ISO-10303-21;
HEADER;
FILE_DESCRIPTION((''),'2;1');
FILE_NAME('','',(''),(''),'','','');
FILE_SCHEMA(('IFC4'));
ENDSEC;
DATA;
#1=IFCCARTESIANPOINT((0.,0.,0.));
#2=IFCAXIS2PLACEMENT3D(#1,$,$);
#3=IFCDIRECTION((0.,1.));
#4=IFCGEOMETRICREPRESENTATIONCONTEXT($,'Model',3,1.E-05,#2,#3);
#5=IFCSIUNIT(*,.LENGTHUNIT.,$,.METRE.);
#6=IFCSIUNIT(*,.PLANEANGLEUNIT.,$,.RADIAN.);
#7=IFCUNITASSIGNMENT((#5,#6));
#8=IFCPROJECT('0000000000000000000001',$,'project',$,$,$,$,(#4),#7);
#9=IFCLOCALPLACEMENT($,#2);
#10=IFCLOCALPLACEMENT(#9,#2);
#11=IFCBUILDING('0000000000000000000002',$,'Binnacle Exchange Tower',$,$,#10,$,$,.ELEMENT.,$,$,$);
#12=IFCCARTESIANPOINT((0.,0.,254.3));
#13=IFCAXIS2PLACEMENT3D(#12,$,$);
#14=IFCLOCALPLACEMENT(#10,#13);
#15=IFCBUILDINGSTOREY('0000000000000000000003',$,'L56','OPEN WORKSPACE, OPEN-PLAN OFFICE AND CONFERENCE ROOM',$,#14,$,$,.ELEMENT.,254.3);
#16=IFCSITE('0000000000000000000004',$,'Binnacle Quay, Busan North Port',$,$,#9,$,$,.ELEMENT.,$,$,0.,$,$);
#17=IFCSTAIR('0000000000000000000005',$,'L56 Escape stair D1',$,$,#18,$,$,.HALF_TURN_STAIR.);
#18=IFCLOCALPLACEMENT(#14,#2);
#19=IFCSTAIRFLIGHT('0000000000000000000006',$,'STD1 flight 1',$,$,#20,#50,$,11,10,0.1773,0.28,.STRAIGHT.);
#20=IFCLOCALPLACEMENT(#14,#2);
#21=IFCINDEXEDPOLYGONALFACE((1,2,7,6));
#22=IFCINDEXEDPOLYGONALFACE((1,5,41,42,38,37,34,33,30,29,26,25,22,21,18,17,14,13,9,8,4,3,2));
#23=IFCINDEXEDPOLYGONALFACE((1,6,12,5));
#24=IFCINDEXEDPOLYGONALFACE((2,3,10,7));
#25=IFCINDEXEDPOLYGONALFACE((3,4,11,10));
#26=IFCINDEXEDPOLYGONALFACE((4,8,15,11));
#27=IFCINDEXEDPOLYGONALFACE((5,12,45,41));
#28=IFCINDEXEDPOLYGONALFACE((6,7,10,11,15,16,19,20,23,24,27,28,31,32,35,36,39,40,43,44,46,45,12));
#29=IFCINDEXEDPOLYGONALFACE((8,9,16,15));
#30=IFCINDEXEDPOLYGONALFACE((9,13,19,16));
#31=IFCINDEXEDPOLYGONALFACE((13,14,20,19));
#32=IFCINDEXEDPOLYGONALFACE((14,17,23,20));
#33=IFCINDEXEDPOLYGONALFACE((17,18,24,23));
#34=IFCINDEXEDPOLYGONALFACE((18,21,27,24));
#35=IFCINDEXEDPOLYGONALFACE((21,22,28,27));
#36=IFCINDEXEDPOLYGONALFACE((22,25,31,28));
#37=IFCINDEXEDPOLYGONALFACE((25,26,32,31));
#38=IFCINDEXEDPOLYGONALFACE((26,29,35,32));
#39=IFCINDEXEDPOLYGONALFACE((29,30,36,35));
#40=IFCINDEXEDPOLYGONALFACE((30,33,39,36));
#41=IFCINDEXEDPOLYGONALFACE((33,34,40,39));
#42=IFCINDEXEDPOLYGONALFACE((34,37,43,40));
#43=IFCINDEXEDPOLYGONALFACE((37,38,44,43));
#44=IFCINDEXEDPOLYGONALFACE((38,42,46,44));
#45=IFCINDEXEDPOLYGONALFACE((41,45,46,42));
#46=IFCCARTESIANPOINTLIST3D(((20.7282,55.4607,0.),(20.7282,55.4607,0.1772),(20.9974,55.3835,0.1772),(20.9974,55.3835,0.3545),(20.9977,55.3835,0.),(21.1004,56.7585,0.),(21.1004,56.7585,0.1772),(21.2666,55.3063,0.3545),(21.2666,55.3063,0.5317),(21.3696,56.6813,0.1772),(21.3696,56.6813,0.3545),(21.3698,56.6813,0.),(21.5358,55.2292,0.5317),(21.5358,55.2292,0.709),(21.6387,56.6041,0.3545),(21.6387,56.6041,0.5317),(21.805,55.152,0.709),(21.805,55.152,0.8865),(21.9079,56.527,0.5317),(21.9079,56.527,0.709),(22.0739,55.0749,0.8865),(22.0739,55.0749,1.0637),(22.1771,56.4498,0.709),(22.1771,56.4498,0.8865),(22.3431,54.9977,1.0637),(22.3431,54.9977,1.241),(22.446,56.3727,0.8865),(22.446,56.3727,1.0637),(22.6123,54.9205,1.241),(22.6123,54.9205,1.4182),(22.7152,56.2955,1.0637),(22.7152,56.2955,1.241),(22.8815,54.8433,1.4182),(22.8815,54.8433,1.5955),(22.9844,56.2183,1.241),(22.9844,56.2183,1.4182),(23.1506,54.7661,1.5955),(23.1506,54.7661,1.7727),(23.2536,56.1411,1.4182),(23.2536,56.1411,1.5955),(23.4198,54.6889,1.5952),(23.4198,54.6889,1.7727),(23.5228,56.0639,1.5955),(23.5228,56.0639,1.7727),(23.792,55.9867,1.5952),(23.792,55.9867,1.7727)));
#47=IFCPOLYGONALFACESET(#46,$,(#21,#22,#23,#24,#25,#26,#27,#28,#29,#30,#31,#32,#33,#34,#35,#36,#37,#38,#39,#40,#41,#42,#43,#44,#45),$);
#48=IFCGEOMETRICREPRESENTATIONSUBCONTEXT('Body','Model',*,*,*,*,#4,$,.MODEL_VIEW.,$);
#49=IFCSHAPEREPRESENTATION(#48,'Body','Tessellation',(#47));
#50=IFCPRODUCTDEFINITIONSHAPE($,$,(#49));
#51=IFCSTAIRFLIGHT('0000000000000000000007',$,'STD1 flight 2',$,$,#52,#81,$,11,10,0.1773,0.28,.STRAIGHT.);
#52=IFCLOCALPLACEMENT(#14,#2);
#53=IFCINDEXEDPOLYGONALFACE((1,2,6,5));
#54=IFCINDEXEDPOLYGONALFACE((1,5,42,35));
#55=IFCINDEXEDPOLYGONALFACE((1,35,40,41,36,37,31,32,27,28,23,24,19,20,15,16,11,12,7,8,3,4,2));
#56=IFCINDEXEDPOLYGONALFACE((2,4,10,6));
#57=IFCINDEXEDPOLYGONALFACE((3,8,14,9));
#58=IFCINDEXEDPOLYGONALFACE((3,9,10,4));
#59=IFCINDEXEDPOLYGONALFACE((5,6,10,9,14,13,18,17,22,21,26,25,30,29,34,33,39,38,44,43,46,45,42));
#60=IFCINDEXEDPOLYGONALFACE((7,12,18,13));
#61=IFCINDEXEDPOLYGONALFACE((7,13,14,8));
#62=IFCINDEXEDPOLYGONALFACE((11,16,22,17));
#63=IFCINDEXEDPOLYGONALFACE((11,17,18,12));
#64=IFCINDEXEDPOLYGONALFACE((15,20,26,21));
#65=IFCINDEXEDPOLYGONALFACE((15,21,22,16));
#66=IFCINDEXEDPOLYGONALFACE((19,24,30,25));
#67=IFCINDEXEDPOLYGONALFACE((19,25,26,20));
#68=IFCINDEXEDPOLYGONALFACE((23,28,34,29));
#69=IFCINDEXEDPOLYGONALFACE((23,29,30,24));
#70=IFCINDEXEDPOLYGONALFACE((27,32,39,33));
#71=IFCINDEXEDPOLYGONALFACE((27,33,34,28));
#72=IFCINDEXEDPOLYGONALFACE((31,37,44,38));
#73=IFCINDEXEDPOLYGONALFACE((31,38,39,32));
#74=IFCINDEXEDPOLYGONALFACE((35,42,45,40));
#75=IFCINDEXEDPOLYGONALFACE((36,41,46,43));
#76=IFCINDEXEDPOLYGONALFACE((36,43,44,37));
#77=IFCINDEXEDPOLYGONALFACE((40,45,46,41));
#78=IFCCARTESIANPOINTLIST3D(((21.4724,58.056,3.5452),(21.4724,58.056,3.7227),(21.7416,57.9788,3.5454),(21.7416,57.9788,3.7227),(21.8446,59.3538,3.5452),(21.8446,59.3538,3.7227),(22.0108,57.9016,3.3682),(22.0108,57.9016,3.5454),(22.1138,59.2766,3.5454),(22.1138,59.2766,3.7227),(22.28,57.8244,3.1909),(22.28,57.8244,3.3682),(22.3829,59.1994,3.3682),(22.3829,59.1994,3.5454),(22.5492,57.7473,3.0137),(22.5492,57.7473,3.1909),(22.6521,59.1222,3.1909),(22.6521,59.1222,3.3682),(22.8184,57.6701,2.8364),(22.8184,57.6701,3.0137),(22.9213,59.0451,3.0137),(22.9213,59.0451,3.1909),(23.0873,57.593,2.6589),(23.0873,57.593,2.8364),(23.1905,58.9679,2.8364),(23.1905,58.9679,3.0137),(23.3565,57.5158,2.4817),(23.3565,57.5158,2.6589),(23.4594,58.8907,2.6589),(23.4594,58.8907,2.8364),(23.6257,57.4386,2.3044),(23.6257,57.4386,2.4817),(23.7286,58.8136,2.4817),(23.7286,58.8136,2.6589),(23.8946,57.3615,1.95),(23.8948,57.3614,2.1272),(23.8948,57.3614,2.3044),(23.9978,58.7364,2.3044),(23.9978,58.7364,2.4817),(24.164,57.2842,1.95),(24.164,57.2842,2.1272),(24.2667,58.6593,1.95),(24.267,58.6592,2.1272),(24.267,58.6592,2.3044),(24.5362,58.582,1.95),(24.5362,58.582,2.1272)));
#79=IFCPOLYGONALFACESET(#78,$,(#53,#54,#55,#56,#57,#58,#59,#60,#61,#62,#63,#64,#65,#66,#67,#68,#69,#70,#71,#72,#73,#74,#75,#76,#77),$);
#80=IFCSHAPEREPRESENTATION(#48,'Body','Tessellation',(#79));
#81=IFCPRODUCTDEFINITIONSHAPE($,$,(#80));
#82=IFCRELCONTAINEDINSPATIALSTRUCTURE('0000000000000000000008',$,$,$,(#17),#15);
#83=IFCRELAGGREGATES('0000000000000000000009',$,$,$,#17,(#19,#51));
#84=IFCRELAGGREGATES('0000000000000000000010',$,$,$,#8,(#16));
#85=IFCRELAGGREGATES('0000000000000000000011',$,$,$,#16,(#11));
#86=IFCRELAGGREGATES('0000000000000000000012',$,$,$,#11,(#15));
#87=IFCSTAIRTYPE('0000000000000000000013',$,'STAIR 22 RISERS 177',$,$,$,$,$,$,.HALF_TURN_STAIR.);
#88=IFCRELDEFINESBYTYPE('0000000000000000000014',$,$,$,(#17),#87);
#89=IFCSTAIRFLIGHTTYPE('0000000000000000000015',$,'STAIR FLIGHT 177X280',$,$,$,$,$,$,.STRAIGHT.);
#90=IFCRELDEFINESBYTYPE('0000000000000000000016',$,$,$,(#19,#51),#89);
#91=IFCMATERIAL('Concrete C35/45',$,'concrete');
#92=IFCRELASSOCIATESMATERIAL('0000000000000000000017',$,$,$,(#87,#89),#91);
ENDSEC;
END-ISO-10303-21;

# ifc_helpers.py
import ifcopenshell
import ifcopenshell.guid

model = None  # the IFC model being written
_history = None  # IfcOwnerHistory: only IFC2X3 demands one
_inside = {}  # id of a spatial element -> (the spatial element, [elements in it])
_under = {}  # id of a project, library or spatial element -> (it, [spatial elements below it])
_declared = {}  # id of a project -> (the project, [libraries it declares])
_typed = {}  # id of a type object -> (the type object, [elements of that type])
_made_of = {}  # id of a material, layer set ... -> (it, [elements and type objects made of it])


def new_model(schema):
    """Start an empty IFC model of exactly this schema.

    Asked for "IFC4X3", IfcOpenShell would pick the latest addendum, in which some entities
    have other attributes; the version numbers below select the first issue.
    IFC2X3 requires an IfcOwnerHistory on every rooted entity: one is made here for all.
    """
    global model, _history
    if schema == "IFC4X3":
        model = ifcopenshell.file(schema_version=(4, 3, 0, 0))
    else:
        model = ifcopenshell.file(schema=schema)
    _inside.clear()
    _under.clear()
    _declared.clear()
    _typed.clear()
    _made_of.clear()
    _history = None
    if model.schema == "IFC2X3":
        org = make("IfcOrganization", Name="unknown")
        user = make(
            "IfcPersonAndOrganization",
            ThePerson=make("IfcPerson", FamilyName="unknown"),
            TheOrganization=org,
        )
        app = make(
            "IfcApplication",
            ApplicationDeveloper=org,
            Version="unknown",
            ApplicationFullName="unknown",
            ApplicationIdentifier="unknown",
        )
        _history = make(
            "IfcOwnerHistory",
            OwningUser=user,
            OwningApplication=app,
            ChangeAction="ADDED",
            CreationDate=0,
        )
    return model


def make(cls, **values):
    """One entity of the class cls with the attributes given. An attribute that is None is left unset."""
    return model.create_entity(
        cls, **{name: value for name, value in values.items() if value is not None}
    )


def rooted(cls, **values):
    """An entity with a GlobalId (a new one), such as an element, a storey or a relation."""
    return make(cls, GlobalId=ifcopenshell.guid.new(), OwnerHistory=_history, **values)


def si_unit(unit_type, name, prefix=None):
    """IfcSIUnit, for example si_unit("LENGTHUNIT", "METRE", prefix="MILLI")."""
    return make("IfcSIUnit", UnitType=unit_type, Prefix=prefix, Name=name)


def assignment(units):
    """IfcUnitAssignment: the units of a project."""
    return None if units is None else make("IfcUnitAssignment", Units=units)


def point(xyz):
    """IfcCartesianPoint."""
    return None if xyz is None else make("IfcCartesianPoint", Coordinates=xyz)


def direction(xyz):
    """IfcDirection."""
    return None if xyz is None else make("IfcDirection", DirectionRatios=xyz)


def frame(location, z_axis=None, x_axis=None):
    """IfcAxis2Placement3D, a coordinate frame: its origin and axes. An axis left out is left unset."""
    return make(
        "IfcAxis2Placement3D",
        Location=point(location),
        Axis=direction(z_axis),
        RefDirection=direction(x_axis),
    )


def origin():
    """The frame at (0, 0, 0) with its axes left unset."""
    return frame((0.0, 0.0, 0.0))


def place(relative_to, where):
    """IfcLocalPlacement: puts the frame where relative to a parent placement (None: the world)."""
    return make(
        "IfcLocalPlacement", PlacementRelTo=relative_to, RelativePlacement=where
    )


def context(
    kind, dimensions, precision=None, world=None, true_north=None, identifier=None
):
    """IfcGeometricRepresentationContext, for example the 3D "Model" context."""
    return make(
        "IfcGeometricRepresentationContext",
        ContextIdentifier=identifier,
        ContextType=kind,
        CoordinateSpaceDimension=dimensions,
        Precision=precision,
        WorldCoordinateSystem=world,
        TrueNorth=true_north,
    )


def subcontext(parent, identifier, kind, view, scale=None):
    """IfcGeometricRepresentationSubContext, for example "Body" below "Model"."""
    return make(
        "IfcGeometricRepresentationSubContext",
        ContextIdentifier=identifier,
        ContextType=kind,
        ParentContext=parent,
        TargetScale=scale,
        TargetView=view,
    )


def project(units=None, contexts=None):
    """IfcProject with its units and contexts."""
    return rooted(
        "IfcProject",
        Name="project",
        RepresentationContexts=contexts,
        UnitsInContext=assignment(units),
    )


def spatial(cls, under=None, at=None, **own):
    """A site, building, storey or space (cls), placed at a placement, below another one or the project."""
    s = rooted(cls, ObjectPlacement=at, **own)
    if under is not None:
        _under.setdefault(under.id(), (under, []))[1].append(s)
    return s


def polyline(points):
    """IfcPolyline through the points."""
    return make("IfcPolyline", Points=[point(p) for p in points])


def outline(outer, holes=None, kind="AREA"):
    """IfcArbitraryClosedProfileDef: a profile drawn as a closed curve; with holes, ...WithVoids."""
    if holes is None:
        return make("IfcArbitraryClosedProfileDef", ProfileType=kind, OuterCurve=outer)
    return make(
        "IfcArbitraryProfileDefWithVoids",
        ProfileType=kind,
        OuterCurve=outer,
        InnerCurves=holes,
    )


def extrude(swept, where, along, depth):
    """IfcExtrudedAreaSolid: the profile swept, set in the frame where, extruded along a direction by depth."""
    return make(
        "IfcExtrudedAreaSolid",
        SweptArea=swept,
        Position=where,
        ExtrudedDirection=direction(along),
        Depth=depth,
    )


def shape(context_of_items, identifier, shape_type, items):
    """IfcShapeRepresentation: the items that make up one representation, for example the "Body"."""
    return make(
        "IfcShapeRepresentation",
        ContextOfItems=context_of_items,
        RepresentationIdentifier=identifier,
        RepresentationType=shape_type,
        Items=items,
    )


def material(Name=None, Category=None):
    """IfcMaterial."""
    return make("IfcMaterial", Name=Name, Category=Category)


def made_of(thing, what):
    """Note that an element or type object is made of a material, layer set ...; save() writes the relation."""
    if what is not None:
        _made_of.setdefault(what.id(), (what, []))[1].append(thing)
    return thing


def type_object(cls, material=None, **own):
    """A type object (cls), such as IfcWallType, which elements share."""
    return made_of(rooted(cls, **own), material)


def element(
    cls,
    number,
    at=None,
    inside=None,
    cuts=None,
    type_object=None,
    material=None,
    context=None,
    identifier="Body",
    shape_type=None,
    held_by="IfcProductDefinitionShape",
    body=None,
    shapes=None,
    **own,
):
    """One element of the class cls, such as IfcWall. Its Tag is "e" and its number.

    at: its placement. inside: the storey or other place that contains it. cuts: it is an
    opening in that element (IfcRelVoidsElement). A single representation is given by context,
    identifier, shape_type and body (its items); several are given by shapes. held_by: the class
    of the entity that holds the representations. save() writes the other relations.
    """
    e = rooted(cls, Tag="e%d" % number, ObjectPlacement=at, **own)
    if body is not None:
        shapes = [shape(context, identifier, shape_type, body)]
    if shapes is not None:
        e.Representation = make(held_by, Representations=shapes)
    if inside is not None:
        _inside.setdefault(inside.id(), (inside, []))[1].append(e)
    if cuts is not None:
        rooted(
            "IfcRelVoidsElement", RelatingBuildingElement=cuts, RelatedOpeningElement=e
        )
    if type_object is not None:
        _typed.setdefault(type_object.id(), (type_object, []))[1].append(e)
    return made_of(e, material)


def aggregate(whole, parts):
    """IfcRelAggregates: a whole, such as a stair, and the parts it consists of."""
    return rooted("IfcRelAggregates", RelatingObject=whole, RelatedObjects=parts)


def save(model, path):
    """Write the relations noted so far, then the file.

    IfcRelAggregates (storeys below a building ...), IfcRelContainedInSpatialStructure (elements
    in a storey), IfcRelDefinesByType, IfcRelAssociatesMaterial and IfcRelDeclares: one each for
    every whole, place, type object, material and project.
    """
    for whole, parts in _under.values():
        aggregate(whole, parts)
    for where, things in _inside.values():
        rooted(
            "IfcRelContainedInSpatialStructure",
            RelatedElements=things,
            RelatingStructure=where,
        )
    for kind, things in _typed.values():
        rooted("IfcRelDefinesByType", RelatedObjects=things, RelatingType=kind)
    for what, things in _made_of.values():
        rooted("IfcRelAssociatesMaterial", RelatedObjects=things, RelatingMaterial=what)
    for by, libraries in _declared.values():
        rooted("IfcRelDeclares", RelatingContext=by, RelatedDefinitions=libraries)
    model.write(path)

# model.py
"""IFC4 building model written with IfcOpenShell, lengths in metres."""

from ifc_helpers import new_model, si_unit, direction, frame, origin, place, context, subcontext, project, spatial, polyline, outline, extrude, material, type_object, element, aggregate, save


model = new_model("IFC4")

# Units and contexts
model_context = context("Model", 3, precision=1e-05, world=origin(), true_north=direction((0.0, 1.0)))
body_context = subcontext(model_context, "Body", "Model", "MODEL_VIEW")
ifc_project = project(units=[si_unit("LENGTHUNIT", "METRE"), si_unit("PLANEANGLEUNIT", "RADIAN")], contexts=[model_context])

# Site, building, storey
site_placement = place(None, origin())
site = spatial("IfcSite", under=ifc_project, at=site_placement, Name="Binnacle Quay, Busan North Port", CompositionType="ELEMENT", RefElevation=0.0)
building_placement = place(site_placement, origin())
building = spatial("IfcBuilding", under=site, at=building_placement, Name="Binnacle Exchange Tower", CompositionType="ELEMENT")
storey_placement = place(building_placement, frame((0.0, 0.0, 254.3)))
storey = spatial("IfcBuildingStorey", under=building, at=storey_placement, Name="L56", Description="OPEN WORKSPACE, OPEN-PLAN OFFICE AND CONFERENCE ROOM", CompositionType="ELEMENT", Elevation=254.3)

# Stair, stair flights
ifc_material_1 = material(Name="Concrete C35/45", Category="concrete")
stair_type = type_object("IfcStairType", Name="STAIR 22 RISERS 177", PredefinedType="HALF_TURN_STAIR", material=ifc_material_1)
stair_placement = place(storey_placement, origin())
stair = element("IfcStair", 1, at=stair_placement, inside=storey, type_object=stair_type, Name="L56 Escape stair D1", PredefinedType="HALF_TURN_STAIR")
stair_flight_type = type_object("IfcStairFlightType", Name="STAIR FLIGHT 177X280", PredefinedType="STRAIGHT", material=ifc_material_1)
stair_flight_1_placement = place(storey_placement, frame((20.9143, 56.1096, 0.0), z_axis=(0.0, 0.0, 1.0), x_axis=(0.961262, -0.275637, 0.0)))
stair_flight_1 = element("IfcStairFlight", 2, at=stair_flight_1_placement, type_object=stair_flight_type, Name="STD1 flight 1", NumberOfRisers=11, NumberOfTreads=10, PredefinedType="STRAIGHT", RiserHeight=0.1773, TreadLength=0.28, context=body_context, shape_type="SweptSolid", body=[
    extrude(outline(polyline([(0.0, 0.0), (0.0, 0.1772), (0.28, 0.1772), (0.28, 0.3545), (0.5601, 0.3545), (0.5601, 0.5317), (0.8401, 0.5317), (0.8401, 0.709), (1.1201, 0.709), (1.1201, 0.8865), (1.3999, 0.8865), (1.3999, 1.0637), (1.6799, 1.0637), (1.6799, 1.241), (1.96, 1.241), (1.96, 1.4182), (2.24, 1.4182), (2.24, 1.5955), (2.52, 1.5955), (2.52, 1.7727), (2.8, 1.7727), (2.8, 1.95), (2.8, 1.5952), (0.2803, 0.0), (0.0, 0.0)])), frame((0.0, 0.675, 0.0), z_axis=(0.0, -1.0, 0.0), x_axis=(1.0, 0.0, 0.0)), (0.0, 0.0, 1.0), 1.3501),
])
stair_flight_2_placement = place(storey_placement, frame((24.3501, 57.9331, 1.95), z_axis=(0.0, 0.0, 1.0), x_axis=(-0.961262, 0.275637, 0.0)))
stair_flight_2 = element("IfcStairFlight", 3, at=stair_flight_2_placement, type_object=stair_flight_type, Name="STD1 flight 2", NumberOfRisers=11, NumberOfTreads=10, PredefinedType="STRAIGHT", RiserHeight=0.1773, TreadLength=0.28, context=body_context, shape_type="SweptSolid", body=[
    extrude(outline(polyline([(0.0, 0.0), (0.0, 0.1772), (0.28, 0.1772), (0.28, 0.3545), (0.5601, 0.3545), (0.5601, 0.5317), (0.8401, 0.5317), (0.8401, 0.709), (1.1201, 0.709), (1.1201, 0.8865), (1.3999, 0.8865), (1.3999, 1.0637), (1.6799, 1.0637), (1.6799, 1.241), (1.96, 1.241), (1.96, 1.4182), (2.24, 1.4182), (2.24, 1.5955), (2.52, 1.5955), (2.52, 1.7727), (2.8, 1.7727), (2.8, 1.95), (2.8, 1.5952), (0.2803, 0.0), (0.0, 0.0)])), frame((0.0, 0.675, 0.0), z_axis=(0.0, -1.0, 0.0), x_axis=(1.0, 0.0, 0.0)), (0.0, 0.0, 1.0), 1.3501),
])
aggregate(stair, [stair_flight_1, stair_flight_2])

save(model, "model.ifc")
